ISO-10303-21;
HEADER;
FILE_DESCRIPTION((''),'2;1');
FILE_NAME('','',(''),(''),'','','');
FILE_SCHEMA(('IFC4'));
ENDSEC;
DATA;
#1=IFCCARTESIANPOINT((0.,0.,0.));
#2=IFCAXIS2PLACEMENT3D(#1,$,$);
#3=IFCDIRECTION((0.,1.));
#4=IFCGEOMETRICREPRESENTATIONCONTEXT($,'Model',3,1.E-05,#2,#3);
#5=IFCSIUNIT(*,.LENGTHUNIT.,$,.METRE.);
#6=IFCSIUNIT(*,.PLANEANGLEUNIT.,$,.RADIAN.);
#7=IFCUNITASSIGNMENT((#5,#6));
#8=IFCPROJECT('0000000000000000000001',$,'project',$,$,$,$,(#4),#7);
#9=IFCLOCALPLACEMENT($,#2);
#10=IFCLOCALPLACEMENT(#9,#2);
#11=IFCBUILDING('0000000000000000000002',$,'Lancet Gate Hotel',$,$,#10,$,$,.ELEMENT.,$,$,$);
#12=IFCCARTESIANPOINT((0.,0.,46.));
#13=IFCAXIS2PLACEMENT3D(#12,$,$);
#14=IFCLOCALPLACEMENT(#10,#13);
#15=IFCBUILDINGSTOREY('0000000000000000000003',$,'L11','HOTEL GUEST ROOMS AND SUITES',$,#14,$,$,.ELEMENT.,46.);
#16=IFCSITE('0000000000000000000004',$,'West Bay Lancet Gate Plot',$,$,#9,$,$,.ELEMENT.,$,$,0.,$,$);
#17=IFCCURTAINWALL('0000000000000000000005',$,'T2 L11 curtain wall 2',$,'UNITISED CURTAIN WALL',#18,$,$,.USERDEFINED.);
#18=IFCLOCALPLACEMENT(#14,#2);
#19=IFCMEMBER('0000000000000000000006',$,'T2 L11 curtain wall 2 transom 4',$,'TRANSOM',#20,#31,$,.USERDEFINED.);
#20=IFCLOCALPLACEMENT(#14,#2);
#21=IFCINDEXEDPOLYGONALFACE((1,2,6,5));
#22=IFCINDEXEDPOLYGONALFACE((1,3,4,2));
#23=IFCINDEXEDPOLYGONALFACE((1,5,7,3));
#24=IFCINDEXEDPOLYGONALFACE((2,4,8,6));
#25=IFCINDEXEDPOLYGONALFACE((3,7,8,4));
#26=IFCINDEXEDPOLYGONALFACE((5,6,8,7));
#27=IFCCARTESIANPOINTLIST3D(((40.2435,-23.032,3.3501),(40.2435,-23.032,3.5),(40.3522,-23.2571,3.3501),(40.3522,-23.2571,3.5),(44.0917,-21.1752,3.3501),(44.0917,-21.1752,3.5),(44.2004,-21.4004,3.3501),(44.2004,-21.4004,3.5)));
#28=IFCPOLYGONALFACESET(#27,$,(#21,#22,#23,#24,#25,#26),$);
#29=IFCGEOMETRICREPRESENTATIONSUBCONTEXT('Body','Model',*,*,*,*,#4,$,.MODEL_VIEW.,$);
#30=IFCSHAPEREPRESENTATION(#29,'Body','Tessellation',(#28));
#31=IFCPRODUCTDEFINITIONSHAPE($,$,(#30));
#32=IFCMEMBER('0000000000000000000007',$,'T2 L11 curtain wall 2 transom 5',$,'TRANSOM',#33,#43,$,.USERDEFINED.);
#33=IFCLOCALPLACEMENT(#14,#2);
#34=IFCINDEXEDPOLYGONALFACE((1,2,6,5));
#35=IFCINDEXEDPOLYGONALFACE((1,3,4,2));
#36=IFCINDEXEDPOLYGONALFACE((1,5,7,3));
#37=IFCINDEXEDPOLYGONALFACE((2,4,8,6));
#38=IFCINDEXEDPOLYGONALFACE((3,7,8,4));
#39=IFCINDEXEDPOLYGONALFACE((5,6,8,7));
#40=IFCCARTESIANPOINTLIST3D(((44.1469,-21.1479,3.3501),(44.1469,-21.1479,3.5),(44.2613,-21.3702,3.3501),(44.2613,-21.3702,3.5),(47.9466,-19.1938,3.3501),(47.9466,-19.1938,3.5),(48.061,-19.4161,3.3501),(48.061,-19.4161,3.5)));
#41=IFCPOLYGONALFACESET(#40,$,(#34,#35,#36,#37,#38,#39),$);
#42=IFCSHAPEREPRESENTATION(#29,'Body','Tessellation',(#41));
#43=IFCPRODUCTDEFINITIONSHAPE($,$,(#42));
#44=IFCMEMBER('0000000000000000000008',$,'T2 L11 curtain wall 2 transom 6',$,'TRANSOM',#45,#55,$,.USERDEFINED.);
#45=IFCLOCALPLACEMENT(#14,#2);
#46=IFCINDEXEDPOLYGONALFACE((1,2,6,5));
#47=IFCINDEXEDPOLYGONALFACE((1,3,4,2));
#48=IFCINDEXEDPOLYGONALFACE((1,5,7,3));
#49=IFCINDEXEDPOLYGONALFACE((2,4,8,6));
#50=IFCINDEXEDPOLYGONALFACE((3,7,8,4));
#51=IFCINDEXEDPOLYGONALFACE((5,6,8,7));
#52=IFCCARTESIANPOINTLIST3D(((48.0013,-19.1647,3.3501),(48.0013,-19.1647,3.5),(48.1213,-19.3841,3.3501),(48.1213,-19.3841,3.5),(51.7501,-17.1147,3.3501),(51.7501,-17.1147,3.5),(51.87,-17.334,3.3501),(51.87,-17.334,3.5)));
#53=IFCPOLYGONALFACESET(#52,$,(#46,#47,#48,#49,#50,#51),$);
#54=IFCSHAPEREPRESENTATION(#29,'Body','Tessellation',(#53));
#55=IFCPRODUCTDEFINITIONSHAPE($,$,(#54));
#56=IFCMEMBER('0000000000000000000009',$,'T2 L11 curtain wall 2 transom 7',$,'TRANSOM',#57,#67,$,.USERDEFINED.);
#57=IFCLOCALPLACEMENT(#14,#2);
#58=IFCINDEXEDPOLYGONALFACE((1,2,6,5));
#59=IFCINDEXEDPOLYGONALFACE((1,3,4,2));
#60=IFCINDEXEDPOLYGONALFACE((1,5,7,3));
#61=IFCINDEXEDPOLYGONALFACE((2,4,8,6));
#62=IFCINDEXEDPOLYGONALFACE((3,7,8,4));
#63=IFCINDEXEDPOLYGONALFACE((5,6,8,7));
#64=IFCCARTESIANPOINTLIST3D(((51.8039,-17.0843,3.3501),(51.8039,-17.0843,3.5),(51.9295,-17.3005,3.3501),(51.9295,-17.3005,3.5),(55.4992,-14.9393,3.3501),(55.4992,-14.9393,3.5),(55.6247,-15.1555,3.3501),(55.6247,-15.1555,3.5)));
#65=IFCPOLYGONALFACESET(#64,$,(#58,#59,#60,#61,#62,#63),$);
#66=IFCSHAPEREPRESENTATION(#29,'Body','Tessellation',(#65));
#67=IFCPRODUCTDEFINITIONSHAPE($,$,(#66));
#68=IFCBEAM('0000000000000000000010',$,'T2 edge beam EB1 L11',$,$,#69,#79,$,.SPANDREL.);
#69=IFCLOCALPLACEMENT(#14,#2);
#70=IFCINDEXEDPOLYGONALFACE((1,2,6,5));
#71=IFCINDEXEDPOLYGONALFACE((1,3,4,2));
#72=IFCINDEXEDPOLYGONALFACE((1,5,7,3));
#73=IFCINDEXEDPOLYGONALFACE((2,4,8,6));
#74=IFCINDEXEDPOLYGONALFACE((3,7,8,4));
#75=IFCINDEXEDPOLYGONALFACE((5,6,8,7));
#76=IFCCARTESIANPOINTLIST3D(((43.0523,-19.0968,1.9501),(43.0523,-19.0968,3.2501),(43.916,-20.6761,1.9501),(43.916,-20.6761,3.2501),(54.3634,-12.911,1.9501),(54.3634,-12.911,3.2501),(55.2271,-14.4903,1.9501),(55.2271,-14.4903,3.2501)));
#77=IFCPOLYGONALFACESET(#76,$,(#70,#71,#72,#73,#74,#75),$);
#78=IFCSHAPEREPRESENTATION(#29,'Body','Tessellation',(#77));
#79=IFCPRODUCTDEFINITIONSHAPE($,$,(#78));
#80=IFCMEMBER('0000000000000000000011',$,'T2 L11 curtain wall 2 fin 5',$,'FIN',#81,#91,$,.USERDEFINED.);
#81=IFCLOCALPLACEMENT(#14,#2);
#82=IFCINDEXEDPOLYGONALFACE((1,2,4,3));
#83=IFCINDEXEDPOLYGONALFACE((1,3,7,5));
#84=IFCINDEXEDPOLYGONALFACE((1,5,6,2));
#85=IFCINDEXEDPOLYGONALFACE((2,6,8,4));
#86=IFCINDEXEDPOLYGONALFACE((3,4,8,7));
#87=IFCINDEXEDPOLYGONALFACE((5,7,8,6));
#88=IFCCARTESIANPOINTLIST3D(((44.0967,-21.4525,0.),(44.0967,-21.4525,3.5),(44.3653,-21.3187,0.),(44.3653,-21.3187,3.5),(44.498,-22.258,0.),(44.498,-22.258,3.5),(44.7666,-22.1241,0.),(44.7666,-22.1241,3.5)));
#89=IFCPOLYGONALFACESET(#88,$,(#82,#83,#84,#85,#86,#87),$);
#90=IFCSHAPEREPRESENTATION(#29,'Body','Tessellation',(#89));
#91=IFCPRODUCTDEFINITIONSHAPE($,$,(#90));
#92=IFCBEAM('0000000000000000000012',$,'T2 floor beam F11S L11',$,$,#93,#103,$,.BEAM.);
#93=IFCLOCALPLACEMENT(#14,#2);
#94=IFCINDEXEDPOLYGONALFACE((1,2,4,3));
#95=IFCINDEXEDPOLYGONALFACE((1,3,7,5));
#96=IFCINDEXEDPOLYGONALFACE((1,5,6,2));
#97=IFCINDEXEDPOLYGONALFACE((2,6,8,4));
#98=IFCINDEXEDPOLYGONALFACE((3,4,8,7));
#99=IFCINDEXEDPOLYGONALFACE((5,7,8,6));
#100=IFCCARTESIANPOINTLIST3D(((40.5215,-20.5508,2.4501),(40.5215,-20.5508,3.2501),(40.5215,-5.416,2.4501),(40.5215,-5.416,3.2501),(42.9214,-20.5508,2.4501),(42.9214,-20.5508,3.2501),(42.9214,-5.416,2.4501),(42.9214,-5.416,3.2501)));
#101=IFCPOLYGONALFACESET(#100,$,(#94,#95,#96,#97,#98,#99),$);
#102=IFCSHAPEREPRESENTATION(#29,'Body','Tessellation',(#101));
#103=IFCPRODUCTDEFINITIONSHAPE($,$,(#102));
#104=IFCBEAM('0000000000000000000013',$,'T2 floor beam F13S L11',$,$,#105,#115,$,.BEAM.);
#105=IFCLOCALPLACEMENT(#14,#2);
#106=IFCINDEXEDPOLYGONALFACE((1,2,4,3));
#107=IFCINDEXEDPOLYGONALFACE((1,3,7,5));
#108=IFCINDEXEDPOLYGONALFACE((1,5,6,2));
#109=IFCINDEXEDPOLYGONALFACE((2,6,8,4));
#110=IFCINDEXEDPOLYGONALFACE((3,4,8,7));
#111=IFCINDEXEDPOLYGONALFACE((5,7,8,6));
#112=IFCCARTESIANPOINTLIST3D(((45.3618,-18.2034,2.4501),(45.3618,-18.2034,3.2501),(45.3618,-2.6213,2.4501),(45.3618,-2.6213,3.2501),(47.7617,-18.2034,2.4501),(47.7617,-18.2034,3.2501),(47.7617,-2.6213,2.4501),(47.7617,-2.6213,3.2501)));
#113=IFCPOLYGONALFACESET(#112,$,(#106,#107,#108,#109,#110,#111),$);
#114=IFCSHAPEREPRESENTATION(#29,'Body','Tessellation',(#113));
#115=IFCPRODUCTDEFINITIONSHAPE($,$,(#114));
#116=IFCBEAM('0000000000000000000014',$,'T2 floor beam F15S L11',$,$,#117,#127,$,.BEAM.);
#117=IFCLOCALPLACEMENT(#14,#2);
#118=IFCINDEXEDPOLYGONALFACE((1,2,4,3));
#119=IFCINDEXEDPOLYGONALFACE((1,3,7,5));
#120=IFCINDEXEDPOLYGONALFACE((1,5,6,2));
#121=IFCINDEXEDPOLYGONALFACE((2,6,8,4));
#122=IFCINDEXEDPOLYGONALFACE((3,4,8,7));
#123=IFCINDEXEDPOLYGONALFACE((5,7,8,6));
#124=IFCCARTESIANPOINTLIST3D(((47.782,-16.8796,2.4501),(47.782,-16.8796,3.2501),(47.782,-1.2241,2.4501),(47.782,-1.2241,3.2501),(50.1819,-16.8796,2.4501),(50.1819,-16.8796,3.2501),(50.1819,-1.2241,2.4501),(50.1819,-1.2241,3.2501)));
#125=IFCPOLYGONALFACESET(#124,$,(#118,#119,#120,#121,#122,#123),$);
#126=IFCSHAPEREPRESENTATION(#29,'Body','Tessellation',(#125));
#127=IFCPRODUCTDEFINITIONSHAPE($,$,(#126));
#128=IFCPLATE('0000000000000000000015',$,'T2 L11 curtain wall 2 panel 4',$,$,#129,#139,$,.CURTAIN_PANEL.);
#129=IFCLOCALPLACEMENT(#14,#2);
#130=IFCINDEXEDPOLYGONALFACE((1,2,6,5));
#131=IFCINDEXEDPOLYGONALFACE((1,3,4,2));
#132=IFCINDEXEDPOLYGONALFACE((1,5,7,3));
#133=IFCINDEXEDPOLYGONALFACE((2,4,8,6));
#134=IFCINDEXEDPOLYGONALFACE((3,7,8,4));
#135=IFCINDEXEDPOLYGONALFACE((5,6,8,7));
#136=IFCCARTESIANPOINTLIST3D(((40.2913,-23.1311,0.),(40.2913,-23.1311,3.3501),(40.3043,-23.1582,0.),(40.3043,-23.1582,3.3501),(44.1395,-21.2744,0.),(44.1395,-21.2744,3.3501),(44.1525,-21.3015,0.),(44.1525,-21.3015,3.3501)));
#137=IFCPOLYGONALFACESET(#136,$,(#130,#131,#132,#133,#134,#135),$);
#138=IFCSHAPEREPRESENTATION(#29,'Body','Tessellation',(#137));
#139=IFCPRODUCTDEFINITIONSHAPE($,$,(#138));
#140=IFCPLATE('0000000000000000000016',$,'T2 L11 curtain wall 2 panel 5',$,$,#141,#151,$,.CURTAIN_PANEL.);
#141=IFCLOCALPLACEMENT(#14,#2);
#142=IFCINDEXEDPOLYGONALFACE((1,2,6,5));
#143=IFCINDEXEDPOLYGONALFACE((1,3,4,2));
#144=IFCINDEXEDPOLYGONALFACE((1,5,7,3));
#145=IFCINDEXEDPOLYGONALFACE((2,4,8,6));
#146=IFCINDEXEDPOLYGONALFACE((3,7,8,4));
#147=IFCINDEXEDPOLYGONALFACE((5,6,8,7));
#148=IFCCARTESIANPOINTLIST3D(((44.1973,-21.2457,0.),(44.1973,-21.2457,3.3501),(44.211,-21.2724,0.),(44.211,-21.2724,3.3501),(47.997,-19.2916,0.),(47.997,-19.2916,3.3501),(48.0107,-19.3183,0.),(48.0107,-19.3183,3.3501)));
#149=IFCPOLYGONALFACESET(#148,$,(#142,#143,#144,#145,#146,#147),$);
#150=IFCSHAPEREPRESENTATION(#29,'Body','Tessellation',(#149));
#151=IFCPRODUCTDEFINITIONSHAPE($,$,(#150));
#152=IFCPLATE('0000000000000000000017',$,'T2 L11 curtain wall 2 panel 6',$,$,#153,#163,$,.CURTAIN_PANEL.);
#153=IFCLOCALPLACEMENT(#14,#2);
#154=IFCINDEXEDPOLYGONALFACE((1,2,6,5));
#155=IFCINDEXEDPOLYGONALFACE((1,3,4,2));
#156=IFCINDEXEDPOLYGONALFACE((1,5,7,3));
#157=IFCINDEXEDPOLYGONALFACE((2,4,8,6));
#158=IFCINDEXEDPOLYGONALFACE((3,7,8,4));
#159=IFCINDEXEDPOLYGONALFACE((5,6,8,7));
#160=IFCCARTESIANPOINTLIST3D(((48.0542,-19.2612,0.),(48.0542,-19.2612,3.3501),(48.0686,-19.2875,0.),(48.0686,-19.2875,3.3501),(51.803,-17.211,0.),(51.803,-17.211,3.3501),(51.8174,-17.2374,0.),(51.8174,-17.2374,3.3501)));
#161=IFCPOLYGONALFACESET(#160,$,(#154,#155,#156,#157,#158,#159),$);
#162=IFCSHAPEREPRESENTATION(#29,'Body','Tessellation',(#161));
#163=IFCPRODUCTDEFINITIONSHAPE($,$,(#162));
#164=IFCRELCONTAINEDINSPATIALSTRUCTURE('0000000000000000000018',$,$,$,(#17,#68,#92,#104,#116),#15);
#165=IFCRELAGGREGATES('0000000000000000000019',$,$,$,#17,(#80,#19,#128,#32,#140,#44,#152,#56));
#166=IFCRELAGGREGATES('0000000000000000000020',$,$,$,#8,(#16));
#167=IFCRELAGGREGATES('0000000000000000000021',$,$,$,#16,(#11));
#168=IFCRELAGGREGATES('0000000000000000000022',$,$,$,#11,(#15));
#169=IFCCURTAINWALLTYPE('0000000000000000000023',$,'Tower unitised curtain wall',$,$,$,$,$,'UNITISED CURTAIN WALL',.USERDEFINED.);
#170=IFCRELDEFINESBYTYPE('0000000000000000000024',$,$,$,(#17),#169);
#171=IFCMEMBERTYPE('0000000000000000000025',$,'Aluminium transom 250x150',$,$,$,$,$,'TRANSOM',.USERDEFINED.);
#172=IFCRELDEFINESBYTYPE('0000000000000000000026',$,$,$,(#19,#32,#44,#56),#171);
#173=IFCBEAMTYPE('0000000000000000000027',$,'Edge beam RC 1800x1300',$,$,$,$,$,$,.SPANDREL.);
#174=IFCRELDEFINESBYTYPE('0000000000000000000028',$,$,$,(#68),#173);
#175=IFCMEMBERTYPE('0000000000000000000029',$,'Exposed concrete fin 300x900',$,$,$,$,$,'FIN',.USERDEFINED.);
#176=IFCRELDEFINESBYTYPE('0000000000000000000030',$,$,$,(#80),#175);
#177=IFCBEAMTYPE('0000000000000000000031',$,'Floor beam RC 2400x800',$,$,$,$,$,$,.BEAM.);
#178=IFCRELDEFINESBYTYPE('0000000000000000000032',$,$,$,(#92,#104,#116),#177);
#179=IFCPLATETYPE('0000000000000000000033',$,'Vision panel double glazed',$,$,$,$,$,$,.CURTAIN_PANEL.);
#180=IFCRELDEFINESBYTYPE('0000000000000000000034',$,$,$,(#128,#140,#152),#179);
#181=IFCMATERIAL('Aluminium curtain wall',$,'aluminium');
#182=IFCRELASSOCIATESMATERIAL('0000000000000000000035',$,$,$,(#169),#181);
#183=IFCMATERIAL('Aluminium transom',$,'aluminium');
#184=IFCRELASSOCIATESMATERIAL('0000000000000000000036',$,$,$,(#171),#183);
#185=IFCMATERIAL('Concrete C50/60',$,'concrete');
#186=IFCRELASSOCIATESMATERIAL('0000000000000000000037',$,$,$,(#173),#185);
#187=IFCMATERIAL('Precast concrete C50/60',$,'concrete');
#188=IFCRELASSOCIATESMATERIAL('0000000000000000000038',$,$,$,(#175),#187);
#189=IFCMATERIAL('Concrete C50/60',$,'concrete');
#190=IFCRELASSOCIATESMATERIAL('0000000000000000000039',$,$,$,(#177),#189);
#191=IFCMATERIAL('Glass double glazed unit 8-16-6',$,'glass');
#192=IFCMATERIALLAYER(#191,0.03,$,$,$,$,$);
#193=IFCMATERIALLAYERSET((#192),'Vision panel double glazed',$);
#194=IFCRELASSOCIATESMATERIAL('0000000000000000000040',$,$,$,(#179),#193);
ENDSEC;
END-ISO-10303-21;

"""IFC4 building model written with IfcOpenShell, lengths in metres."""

from ifc_helpers import new_model, si_unit, direction, frame, origin, origin_2d, place, context, subcontext, project, spatial, rectangle, extrude, material, layer, layer_set, material_profile, profile_set, type_object, element, aggregate, save


model = new_model("IFC4")

# Units and contexts
model_context = context("Model", 3, precision=1e-05, world=origin(), true_north=direction((0.0, 1.0)))
body_context = subcontext(model_context, "Body", "Model", "MODEL_VIEW")
ifc_project = project(units=[si_unit("LENGTHUNIT", "METRE"), si_unit("PLANEANGLEUNIT", "RADIAN")], contexts=[model_context])

# Site, building, storey
site_placement = place(None, origin())
site = spatial("IfcSite", under=ifc_project, at=site_placement, Name="West Bay Lancet Gate Plot", CompositionType="ELEMENT", RefElevation=0.0)
building_placement = place(site_placement, origin())
building = spatial("IfcBuilding", under=site, at=building_placement, Name="Lancet Gate Hotel", CompositionType="ELEMENT")
storey_placement = place(building_placement, frame((0.0, 0.0, 46.0)))
storey = spatial("IfcBuildingStorey", under=building, at=storey_placement, Name="L11", Description="HOTEL GUEST ROOMS AND SUITES", CompositionType="ELEMENT", Elevation=46.0)

# Curtain wall, members
ifc_material_1 = material(Name="Aluminium curtain wall", Category="aluminium")
curtain_wall_type = type_object("IfcCurtainWallType", Name="Tower unitised curtain wall", ElementType="UNITISED CURTAIN WALL", PredefinedType="USERDEFINED", material=ifc_material_1)
curtain_wall_placement = place(storey_placement, origin())
curtain_wall = element("IfcCurtainWall", 1, at=curtain_wall_placement, inside=storey, type_object=curtain_wall_type, Name="T2 L11 curtain wall 2", ObjectType="UNITISED CURTAIN WALL", PredefinedType="USERDEFINED")
ifc_material_2 = material(Name="Aluminium transom", Category="aluminium")
ifc_material_profile_1 = material_profile(ifc_material_2, rectangle(XDim=0.25, YDim=0.1499, at=origin_2d()), Name="TRANSOM 250x150")
ifc_profile_set_1 = profile_set([ifc_material_profile_1], Name="Aluminium transom")
member_type_1 = type_object("IfcMemberType", Name="Aluminium transom 250x150", ElementType="TRANSOM", PredefinedType="USERDEFINED", material=ifc_profile_set_1)
member_1_placement = place(storey_placement, frame((40.2979, -23.1445, 3.425), z_axis=(0.900646, 0.434553, 0.0), x_axis=(-0.434553, 0.900646, 0.0)))
member_1 = element("IfcMember", 2, at=member_1_placement, type_object=member_type_1, Name="T2 L11 curtain wall 2 transom 4", ObjectType="TRANSOM", PredefinedType="USERDEFINED", context=body_context, shape_type="SweptSolid", body=[
    extrude(rectangle(XDim=0.25, YDim=0.1499, at=origin_2d()), origin(), (0.0, 0.0, 1.0), 4.2727),
])
member_2_placement = place(storey_placement, frame((44.2041, -21.259, 3.425), z_axis=(0.889296, 0.457333, 0.0), x_axis=(-0.457333, 0.889296, 0.0)))
member_2 = element("IfcMember", 3, at=member_2_placement, type_object=member_type_1, Name="T2 L11 curtain wall 2 transom 5", ObjectType="TRANSOM", PredefinedType="USERDEFINED", context=body_context, shape_type="SweptSolid", body=[
    extrude(rectangle(XDim=0.25, YDim=0.1499, at=origin_2d()), origin(), (0.0, 0.0, 1.0), 4.2727),
])
member_3_placement = place(storey_placement, frame((48.0613, -19.2744, 3.425), z_axis=(0.877378, 0.479801, 0.0), x_axis=(-0.479801, 0.877378, 0.0)))
member_3 = element("IfcMember", 4, at=member_3_placement, type_object=member_type_1, Name="T2 L11 curtain wall 2 transom 6", ObjectType="TRANSOM", PredefinedType="USERDEFINED", context=body_context, shape_type="SweptSolid", body=[
    extrude(rectangle(XDim=0.25, YDim=0.1499, at=origin_2d()), origin(), (0.0, 0.0, 1.0), 4.2727),
])
member_4_placement = place(storey_placement, frame((51.8667, -17.1924, 3.425), z_axis=(0.864855, 0.502022, 0.0), x_axis=(-0.502022, 0.864855, 0.0)))
member_4 = element("IfcMember", 5, at=member_4_placement, type_object=member_type_1, Name="T2 L11 curtain wall 2 transom 7", ObjectType="TRANSOM", PredefinedType="USERDEFINED", context=body_context, shape_type="SweptSolid", body=[
    extrude(rectangle(XDim=0.25, YDim=0.1499, at=origin_2d()), origin(), (0.0, 0.0, 1.0), 4.2727),
])

# Beam
ifc_material_3 = material(Name="Concrete C50/60", Category="concrete")
ifc_material_profile_2 = material_profile(ifc_material_3, rectangle(XDim=1.8, YDim=1.3, at=origin_2d()), Name="RC 1800x1300")
ifc_profile_set_2 = profile_set([ifc_material_profile_2], Name="Concrete C50/60")
beam_type_1 = type_object("IfcBeamType", Name="Edge beam RC 1800x1300", PredefinedType="SPANDREL", material=ifc_profile_set_2)
beam_1_placement = place(storey_placement, frame((43.4841, -19.8865, 2.6001), z_axis=(0.877369, 0.479816, 0.0), x_axis=(-0.479816, 0.877369, 0.0)))
element("IfcBeam", 6, at=beam_1_placement, inside=storey, type_object=beam_type_1, Name="T2 edge beam EB1 L11", PredefinedType="SPANDREL", context=body_context, shape_type="SweptSolid", body=[
    extrude(rectangle(XDim=1.8, YDim=1.3, at=origin_2d()), origin(), (0.0, 0.0, 1.0), 12.8921),
])

# Member
ifc_material_4 = material(Name="Precast concrete C50/60", Category="concrete")
ifc_material_profile_3 = material_profile(ifc_material_4, rectangle(XDim=0.3, YDim=0.8999, at=origin_2d()), Name="FIN 300x900")
ifc_profile_set_3 = profile_set([ifc_material_profile_3], Name="Precast concrete C50/60")
member_type_2 = type_object("IfcMemberType", Name="Exposed concrete fin 300x900", ElementType="FIN", PredefinedType="USERDEFINED", material=ifc_profile_set_3)
member_5_placement = place(storey_placement, frame((44.4316, -21.7883, 0.0), z_axis=(0.0, 0.0, 1.0), x_axis=(0.895044, 0.445978, 0.0)))
member_5 = element("IfcMember", 7, at=member_5_placement, type_object=member_type_2, Name="T2 L11 curtain wall 2 fin 5", ObjectType="FIN", PredefinedType="USERDEFINED", context=body_context, shape_type="SweptSolid", body=[
    extrude(rectangle(XDim=0.3, YDim=0.8999, at=origin_2d()), origin(), (0.0, 0.0, 1.0), 3.5),
])

# Beams
ifc_material_5 = material(Name="Concrete C50/60", Category="concrete")
ifc_material_profile_4 = material_profile(ifc_material_5, rectangle(XDim=2.3999, YDim=0.8, at=origin_2d()), Name="RC 2400x800")
ifc_profile_set_4 = profile_set([ifc_material_profile_4], Name="Concrete C50/60")
beam_type_2 = type_object("IfcBeamType", Name="Floor beam RC 2400x800", PredefinedType="BEAM", material=ifc_profile_set_4)
beam_2_placement = place(storey_placement, frame((41.7214, -20.5508, 2.8501), z_axis=(0.0, 1.0, 0.0), x_axis=(-1.0, 0.0, 0.0)))
element("IfcBeam", 8, at=beam_2_placement, inside=storey, type_object=beam_type_2, Name="T2 floor beam F11S L11", PredefinedType="BEAM", context=body_context, shape_type="SweptSolid", body=[
    extrude(rectangle(XDim=2.3999, YDim=0.8, at=origin_2d()), origin(), (0.0, 0.0, 1.0), 15.1348),
])
beam_3_placement = place(storey_placement, frame((46.5618, -18.2034, 2.8501), z_axis=(0.0, 1.0, 0.0), x_axis=(-1.0, 0.0, 0.0)))
element("IfcBeam", 9, at=beam_3_placement, inside=storey, type_object=beam_type_2, Name="T2 floor beam F13S L11", PredefinedType="BEAM", context=body_context, shape_type="SweptSolid", body=[
    extrude(rectangle(XDim=2.3999, YDim=0.8, at=origin_2d()), origin(), (0.0, 0.0, 1.0), 15.582),
])
beam_4_placement = place(storey_placement, frame((48.9819, -16.8796, 2.8501), z_axis=(0.0, 1.0, 0.0), x_axis=(-1.0, 0.0, 0.0)))
element("IfcBeam", 10, at=beam_4_placement, inside=storey, type_object=beam_type_2, Name="T2 floor beam F15S L11", PredefinedType="BEAM", context=body_context, shape_type="SweptSolid", body=[
    extrude(rectangle(XDim=2.3999, YDim=0.8, at=origin_2d()), origin(), (0.0, 0.0, 1.0), 15.6555),
])

# Plates
ifc_material_6 = material(Name="Glass double glazed unit 8-16-6", Category="glass")
ifc_layer = layer(ifc_material_6, 0.03)
ifc_layer_set = layer_set([ifc_layer], Name="Vision panel double glazed")
plate_type = type_object("IfcPlateType", Name="Vision panel double glazed", PredefinedType="CURTAIN_PANEL", material=ifc_layer_set)
plate_1_placement = place(storey_placement, frame((42.2219, -22.2163, 0.0), z_axis=(0.0, 0.0, 1.0), x_axis=(0.900647, 0.43455, 0.0)))
plate_1 = element("IfcPlate", 11, at=plate_1_placement, type_object=plate_type, Name="T2 L11 curtain wall 2 panel 4", PredefinedType="CURTAIN_PANEL", context=body_context, shape_type="SweptSolid", body=[
    extrude(rectangle(XDim=4.2727, YDim=0.03, at=origin_2d()), origin(), (0.0, 0.0, 1.0), 3.3501),
])
plate_2_placement = place(storey_placement, frame((46.104, -20.282, 0.0), z_axis=(0.0, 0.0, 1.0), x_axis=(0.889296, 0.457332, 0.0)))
plate_2 = element("IfcPlate", 12, at=plate_2_placement, type_object=plate_type, Name="T2 L11 curtain wall 2 panel 5", PredefinedType="CURTAIN_PANEL", context=body_context, shape_type="SweptSolid", body=[
    extrude(rectangle(XDim=4.2727, YDim=0.03, at=origin_2d()), origin(), (0.0, 0.0, 1.0), 3.3501),
])
plate_3_placement = place(storey_placement, frame((49.9358, -18.2493, 0.0), z_axis=(0.0, 0.0, 1.0), x_axis=(0.877368, 0.479818, 0.0)))
plate_3 = element("IfcPlate", 13, at=plate_3_placement, type_object=plate_type, Name="T2 L11 curtain wall 2 panel 6", PredefinedType="CURTAIN_PANEL", context=body_context, shape_type="SweptSolid", body=[
    extrude(rectangle(XDim=4.2727, YDim=0.03, at=origin_2d()), origin(), (0.0, 0.0, 1.0), 3.3501),
])
aggregate(curtain_wall, [member_5, member_1, plate_1, member_2, plate_2, member_3, plate_3, member_4])

save(model, "model.ifc")
